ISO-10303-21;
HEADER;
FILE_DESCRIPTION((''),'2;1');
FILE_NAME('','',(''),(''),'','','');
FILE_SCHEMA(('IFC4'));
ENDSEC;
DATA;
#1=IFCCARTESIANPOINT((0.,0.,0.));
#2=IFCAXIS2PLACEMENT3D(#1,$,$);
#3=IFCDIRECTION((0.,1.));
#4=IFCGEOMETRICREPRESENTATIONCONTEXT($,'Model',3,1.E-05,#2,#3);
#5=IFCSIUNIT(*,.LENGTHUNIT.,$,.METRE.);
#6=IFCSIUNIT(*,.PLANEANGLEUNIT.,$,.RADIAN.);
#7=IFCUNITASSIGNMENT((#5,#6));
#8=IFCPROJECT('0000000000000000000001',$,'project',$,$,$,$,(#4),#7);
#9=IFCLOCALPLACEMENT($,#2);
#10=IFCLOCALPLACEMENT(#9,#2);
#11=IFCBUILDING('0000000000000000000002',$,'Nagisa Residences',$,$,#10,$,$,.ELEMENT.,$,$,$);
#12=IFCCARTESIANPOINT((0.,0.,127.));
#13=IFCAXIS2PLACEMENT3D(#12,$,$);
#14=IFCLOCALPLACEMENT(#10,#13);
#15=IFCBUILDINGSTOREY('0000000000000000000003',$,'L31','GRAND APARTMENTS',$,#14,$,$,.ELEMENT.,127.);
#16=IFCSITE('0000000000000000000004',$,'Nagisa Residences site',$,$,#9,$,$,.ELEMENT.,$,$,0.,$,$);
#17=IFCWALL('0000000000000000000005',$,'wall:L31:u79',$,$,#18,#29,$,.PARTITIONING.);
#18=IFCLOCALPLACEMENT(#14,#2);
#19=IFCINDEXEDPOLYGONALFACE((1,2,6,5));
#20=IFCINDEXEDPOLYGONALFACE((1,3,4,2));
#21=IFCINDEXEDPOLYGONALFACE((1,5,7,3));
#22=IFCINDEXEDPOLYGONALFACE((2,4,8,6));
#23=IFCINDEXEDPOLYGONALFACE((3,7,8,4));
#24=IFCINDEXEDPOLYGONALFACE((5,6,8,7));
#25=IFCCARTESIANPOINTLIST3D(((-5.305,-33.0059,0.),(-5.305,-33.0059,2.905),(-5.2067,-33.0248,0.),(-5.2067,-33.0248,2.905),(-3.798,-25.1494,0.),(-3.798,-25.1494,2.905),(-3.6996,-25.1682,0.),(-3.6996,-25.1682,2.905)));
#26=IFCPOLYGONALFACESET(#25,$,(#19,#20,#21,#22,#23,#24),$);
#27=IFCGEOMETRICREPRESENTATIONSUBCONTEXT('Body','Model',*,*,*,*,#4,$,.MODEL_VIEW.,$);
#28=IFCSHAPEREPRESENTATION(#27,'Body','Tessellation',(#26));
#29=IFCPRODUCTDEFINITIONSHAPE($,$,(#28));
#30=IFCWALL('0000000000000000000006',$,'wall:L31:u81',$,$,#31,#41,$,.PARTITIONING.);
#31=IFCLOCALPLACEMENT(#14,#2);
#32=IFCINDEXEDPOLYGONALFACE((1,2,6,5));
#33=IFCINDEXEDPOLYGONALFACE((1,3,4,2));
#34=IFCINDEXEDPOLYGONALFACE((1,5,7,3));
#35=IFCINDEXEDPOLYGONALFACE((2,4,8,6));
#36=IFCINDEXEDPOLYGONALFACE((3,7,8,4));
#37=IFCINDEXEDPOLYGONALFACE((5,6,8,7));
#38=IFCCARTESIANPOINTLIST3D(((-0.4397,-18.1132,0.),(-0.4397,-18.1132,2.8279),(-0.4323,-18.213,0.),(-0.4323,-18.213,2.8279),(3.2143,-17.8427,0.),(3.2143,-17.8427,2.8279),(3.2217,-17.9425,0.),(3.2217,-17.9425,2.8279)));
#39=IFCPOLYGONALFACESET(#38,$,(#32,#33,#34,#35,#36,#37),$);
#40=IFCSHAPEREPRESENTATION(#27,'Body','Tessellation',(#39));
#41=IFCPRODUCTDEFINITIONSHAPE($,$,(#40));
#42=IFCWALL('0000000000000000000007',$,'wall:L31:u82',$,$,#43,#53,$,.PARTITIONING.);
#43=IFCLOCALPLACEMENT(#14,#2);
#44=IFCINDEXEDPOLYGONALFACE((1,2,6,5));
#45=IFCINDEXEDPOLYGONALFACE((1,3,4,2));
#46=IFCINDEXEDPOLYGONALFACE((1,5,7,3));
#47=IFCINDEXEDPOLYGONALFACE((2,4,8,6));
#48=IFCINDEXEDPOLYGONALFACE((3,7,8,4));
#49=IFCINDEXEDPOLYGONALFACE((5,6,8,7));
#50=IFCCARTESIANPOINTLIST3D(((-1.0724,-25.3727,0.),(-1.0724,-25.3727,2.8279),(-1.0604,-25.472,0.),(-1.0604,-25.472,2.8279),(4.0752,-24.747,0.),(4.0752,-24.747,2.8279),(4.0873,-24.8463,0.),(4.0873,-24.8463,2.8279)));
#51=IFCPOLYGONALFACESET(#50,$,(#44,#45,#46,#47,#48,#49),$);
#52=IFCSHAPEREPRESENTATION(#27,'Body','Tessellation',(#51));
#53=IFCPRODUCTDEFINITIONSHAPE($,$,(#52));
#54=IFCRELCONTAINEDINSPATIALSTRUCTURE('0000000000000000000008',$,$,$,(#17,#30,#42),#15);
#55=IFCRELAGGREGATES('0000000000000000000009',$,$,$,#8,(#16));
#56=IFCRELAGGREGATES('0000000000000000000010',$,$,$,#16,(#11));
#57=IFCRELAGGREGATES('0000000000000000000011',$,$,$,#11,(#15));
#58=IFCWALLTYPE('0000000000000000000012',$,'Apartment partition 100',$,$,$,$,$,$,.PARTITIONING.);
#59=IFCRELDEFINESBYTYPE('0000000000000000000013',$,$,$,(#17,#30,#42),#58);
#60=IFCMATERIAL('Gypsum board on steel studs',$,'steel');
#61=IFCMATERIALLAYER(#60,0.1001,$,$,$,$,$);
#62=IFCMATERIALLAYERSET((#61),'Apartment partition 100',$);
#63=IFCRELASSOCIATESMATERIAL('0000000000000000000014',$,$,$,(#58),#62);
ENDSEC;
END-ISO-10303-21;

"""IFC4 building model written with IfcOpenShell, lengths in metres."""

from ifc_helpers import new_model, si_unit, direction, frame, frame_2d, origin, place, context, subcontext, project, spatial, rectangle, extrude, material, layer, layer_set, type_object, element, save


model = new_model("IFC4")

# Units and contexts
model_context = context("Model", 3, precision=1e-05, world=origin(), true_north=direction((0.0, 1.0)))
body_context = subcontext(model_context, "Body", "Model", "MODEL_VIEW")
ifc_project = project(units=[si_unit("LENGTHUNIT", "METRE"), si_unit("PLANEANGLEUNIT", "RADIAN")], contexts=[model_context])

# Site, building, storey
site_placement = place(None, origin())
site = spatial("IfcSite", under=ifc_project, at=site_placement, Name="Nagisa Residences site", CompositionType="ELEMENT", RefElevation=0.0)
building_placement = place(site_placement, origin())
building = spatial("IfcBuilding", under=site, at=building_placement, Name="Nagisa Residences", CompositionType="ELEMENT")
storey_placement = place(building_placement, frame((0.0, 0.0, 127.0)))
storey = spatial("IfcBuildingStorey", under=building, at=storey_placement, Name="L31", Description="GRAND APARTMENTS", CompositionType="ELEMENT", Elevation=127.0)

# Shared definitions
ifc_material_1 = material(Name="Gypsum board on steel studs", Category="steel")
ifc_layer_1 = layer(ifc_material_1, 0.1001)
ifc_layer_set_1 = layer_set([ifc_layer_1], Name="Apartment partition 100")
wall_type_1 = type_object("IfcWallType", Name="Apartment partition 100", PredefinedType="PARTITIONING", material=ifc_layer_set_1)

# Walls
wall_1_placement = place(storey_placement, frame((-3.7488, -25.1587, 0.0), z_axis=(0.0, 0.0, 1.0), x_axis=(-0.188392, -0.982094, 0.0)))
element("IfcWall", 1, at=wall_1_placement, inside=storey, type_object=wall_type_1, Name="wall:L31:u79", PredefinedType="PARTITIONING", context=body_context, shape_type="SweptSolid", body=[
    extrude(rectangle(XDim=7.9998, YDim=0.1001, at=frame_2d((4.0, 0.0))), origin(), (0.0, 0.0, 1.0), 2.905),
])
wall_2_placement = place(storey_placement, frame((-0.436, -18.1631, 0.0), z_axis=(0.0, 0.0, 1.0), x_axis=(0.997271, 0.073828, 0.0)))
element("IfcWall", 2, at=wall_2_placement, inside=storey, type_object=wall_type_1, Name="wall:L31:u81", PredefinedType="PARTITIONING", context=body_context, shape_type="SweptSolid", body=[
    extrude(rectangle(XDim=3.6641, YDim=0.1001, at=frame_2d((1.832, 0.0))), origin(), (0.0, 0.0, 1.0), 2.8279),
])
wall_3_placement = place(storey_placement, frame((-1.0664, -25.4224, 0.0), z_axis=(0.0, 0.0, 1.0), x_axis=(0.992693, 0.120667, 0.0)))
element("IfcWall", 3, at=wall_3_placement, inside=storey, type_object=wall_type_1, Name="wall:L31:u82", PredefinedType="PARTITIONING", context=body_context, shape_type="SweptSolid", body=[
    extrude(rectangle(XDim=5.1855, YDim=0.1001, at=frame_2d((2.5928, 0.0))), origin(), (0.0, 0.0, 1.0), 2.8279),
])

save(model, "model.ifc")
